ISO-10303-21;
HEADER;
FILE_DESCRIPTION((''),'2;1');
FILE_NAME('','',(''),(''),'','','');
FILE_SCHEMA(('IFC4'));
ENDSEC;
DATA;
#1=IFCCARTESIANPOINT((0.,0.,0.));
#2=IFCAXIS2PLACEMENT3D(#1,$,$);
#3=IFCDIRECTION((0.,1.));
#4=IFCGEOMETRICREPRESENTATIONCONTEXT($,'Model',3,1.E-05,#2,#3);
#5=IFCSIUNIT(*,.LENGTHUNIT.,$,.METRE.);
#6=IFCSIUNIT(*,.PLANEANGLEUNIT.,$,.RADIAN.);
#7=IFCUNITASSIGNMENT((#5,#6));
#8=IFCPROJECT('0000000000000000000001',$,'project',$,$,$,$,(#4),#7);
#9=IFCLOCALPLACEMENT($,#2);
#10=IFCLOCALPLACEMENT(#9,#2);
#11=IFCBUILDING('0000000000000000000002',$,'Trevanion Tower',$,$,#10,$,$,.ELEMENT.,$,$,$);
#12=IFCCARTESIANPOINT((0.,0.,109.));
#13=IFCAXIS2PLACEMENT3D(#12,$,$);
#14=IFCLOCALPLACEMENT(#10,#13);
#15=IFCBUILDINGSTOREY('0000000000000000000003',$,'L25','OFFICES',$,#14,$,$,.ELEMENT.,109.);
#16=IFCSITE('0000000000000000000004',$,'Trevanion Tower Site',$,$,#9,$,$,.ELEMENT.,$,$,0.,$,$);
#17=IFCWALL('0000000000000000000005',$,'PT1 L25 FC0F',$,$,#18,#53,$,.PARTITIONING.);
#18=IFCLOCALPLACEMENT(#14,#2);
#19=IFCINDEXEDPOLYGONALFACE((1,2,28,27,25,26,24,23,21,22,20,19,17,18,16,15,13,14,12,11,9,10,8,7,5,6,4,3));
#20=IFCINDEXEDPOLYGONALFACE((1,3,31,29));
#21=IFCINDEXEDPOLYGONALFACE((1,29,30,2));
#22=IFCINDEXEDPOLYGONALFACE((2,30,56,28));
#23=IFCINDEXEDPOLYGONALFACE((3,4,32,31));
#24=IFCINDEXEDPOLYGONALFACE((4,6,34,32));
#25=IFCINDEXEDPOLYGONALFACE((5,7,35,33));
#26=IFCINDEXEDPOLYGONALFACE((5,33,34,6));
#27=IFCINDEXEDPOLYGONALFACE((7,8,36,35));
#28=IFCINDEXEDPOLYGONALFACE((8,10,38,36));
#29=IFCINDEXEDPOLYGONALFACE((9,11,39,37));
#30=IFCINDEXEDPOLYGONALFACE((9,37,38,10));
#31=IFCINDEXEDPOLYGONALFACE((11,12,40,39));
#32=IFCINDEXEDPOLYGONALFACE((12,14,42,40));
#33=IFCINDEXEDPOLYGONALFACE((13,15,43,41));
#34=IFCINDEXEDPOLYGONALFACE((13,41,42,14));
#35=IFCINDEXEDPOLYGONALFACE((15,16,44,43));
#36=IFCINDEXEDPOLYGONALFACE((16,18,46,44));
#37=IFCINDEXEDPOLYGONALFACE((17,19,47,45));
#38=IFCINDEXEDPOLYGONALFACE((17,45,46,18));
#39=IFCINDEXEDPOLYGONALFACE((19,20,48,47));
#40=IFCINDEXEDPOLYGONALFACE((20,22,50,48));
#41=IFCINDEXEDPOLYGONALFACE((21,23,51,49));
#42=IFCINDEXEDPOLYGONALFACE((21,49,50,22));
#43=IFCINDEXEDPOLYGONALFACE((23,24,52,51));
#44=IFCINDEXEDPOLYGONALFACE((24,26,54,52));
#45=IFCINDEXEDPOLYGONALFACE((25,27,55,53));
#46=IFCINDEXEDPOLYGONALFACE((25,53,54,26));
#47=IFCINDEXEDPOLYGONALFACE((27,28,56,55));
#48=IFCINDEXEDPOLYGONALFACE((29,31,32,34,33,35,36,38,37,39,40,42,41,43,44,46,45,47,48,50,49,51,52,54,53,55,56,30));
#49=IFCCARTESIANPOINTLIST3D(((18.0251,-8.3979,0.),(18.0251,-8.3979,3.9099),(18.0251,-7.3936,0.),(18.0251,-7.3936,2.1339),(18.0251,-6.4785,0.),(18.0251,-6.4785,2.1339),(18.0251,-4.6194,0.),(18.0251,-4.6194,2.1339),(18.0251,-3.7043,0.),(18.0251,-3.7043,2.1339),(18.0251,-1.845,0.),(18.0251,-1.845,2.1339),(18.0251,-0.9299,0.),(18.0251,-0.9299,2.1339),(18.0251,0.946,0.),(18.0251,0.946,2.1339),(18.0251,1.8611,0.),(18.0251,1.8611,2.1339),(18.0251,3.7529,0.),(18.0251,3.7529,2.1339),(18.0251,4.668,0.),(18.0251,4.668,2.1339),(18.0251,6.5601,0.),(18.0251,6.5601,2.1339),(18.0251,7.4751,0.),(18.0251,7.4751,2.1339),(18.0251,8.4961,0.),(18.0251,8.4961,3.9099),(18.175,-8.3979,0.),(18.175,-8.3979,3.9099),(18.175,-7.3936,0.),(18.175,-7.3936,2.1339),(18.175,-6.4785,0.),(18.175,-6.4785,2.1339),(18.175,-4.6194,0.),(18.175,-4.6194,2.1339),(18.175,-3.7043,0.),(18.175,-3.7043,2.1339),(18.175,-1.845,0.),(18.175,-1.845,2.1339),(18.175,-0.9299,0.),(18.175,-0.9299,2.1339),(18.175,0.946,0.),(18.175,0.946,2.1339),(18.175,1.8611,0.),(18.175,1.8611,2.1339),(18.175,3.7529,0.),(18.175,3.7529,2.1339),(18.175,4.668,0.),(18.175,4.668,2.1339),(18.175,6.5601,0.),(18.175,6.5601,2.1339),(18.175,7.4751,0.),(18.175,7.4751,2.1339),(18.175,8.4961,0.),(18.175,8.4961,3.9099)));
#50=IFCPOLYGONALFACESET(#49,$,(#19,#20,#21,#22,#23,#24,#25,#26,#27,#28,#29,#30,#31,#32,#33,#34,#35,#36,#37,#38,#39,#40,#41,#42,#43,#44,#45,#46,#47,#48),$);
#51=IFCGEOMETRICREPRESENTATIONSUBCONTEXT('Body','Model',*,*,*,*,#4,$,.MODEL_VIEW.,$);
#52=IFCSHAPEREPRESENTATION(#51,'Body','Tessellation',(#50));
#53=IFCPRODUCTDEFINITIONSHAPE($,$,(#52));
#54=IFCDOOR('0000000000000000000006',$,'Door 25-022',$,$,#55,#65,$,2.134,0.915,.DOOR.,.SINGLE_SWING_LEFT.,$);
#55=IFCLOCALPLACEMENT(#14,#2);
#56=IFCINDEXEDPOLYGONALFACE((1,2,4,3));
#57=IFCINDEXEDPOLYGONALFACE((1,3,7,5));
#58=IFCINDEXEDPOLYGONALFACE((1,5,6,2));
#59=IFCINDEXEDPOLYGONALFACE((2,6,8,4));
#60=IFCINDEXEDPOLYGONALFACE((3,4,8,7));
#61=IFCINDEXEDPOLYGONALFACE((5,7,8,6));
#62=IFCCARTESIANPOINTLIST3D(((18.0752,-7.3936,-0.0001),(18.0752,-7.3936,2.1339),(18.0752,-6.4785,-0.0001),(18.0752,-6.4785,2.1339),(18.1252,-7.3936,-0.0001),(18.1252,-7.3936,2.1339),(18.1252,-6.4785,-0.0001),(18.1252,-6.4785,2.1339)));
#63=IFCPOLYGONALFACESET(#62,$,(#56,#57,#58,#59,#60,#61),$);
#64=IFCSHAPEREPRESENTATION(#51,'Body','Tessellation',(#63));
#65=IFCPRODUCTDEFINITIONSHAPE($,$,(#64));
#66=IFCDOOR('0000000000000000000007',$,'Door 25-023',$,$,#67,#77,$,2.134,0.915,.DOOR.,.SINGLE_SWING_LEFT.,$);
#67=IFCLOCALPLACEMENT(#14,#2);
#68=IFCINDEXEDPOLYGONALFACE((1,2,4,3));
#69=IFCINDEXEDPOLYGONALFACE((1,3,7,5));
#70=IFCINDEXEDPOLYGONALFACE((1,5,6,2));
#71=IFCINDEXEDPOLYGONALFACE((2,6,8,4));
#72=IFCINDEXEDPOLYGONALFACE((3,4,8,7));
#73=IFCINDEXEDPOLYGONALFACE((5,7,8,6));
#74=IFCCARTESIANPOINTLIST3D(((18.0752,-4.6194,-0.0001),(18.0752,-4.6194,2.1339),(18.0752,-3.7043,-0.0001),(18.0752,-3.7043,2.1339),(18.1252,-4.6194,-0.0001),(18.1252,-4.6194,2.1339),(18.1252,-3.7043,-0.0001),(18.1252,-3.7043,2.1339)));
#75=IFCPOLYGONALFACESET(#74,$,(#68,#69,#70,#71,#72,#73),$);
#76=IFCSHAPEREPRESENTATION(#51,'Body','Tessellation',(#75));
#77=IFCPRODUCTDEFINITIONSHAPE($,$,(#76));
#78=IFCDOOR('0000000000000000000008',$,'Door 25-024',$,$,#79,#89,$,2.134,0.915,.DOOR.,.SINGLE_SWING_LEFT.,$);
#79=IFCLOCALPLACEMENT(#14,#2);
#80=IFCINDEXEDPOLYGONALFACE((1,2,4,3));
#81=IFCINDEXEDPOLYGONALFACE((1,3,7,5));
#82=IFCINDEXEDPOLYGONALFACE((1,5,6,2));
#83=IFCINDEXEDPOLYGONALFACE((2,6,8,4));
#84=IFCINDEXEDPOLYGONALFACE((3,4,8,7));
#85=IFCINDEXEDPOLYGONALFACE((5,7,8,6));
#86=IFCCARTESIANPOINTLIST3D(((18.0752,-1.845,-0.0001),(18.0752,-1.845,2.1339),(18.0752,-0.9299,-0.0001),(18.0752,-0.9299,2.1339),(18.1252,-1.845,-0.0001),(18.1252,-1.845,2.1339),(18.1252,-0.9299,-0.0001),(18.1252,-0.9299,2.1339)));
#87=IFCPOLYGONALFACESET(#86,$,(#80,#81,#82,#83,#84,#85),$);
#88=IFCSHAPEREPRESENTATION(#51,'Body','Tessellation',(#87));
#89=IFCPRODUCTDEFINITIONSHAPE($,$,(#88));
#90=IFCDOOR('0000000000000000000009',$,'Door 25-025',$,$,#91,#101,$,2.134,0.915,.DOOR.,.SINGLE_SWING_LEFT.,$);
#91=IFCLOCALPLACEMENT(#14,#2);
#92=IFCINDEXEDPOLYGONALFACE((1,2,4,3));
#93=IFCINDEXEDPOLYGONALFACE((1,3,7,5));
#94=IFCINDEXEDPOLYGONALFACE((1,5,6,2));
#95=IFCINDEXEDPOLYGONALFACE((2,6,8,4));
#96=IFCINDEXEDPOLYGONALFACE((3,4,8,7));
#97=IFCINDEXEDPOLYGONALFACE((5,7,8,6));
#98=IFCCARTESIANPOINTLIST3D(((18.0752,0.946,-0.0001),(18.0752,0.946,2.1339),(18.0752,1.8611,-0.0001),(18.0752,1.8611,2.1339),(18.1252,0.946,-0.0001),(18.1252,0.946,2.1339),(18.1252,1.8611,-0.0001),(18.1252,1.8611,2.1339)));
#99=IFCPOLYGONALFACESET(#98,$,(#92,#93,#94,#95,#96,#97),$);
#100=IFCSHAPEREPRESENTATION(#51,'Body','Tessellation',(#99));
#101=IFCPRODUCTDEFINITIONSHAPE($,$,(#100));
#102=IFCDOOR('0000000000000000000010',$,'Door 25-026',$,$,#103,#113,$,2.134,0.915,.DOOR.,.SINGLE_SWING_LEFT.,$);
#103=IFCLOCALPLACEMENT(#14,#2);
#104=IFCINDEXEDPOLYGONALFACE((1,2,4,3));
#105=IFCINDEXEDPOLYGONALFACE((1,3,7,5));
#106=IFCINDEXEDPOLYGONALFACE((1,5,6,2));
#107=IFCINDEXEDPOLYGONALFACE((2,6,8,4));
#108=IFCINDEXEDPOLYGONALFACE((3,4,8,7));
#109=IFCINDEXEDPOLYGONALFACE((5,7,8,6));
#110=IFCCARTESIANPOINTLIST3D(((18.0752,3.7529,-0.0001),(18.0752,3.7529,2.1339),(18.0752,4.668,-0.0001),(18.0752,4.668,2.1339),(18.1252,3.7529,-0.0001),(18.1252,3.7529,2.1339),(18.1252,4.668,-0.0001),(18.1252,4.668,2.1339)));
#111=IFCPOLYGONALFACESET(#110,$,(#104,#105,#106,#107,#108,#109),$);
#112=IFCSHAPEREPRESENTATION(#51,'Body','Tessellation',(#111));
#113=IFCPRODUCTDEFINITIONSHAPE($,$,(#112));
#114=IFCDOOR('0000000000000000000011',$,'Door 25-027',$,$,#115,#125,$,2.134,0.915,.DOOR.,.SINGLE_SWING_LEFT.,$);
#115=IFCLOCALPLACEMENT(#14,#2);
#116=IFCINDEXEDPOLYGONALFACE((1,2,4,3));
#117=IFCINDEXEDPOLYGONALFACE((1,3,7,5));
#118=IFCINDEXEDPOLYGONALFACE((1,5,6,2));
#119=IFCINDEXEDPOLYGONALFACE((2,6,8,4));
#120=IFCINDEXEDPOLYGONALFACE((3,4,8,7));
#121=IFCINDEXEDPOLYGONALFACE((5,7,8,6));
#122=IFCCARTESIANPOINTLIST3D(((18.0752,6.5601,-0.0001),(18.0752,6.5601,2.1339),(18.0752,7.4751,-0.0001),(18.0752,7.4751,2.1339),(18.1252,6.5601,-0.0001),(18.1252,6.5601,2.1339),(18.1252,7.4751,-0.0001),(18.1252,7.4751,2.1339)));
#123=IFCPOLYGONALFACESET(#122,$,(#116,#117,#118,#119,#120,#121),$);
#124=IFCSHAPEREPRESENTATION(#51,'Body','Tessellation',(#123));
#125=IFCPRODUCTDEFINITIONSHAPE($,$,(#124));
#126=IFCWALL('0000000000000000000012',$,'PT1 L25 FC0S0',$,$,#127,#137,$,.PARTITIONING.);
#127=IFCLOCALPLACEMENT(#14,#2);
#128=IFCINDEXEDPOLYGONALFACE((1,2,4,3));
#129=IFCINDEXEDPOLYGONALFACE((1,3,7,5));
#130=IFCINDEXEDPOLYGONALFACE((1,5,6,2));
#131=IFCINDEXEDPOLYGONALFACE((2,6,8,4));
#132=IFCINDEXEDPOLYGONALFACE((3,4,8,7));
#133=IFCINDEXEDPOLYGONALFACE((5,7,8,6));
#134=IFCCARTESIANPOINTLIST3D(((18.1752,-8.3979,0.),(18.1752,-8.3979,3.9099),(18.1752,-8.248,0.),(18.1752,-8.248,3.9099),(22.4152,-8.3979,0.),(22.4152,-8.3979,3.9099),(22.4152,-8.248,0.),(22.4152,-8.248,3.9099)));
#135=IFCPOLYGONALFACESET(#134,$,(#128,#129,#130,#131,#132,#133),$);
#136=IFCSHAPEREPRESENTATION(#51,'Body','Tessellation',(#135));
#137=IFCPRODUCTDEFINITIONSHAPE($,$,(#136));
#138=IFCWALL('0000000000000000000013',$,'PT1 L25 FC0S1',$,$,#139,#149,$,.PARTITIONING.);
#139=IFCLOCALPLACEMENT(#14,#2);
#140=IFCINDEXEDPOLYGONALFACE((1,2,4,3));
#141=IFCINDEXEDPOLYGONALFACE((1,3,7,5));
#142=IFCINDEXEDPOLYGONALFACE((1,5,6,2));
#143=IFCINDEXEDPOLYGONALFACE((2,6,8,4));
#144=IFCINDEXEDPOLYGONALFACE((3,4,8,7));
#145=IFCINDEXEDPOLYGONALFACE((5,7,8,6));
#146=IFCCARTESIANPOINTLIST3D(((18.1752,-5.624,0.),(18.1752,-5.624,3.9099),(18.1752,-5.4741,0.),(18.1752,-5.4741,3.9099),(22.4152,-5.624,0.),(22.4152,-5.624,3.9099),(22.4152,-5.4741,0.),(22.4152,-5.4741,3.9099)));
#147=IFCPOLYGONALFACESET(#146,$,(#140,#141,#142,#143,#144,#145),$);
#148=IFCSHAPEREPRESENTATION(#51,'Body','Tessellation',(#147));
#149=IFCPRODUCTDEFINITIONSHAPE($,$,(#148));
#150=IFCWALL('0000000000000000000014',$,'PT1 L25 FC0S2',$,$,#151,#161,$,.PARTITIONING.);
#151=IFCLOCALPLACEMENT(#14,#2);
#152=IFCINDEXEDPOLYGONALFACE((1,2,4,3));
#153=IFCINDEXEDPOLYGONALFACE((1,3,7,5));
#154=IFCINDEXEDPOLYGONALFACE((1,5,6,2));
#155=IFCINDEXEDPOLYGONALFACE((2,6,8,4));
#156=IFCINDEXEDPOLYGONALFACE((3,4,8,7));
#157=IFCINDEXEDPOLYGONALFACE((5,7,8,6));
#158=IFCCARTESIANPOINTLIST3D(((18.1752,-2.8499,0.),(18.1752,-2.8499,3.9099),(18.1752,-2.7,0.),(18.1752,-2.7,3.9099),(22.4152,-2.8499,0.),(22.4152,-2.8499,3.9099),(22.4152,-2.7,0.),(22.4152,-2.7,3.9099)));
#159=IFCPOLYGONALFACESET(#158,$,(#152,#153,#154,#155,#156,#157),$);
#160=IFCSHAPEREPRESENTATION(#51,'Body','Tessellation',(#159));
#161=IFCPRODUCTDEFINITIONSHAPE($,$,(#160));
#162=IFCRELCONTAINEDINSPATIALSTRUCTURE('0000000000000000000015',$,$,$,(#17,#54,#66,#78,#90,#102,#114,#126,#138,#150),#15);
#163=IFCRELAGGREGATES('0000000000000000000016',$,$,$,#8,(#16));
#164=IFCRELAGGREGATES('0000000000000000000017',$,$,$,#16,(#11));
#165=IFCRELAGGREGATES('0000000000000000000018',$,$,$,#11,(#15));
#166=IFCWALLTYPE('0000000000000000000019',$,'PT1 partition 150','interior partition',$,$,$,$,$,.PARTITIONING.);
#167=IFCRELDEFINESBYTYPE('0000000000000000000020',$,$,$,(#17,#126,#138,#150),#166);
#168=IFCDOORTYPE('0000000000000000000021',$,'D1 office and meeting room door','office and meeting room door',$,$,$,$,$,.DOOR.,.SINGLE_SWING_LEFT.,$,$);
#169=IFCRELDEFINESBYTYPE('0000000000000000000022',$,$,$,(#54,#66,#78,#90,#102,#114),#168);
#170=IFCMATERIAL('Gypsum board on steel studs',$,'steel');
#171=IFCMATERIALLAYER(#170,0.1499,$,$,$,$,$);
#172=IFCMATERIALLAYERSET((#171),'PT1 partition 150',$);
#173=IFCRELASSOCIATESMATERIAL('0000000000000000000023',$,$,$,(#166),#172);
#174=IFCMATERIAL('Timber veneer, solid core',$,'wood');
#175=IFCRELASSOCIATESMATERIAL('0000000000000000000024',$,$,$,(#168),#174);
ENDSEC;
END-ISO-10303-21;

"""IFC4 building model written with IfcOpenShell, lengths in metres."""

from ifc_helpers import new_model, si_unit, direction, frame, frame_2d, origin, place, context, subcontext, project, spatial, rectangle, extrude, material, layer, layer_set, type_object, element, fill, save


model = new_model("IFC4")

# Units and contexts
model_context = context("Model", 3, precision=1e-05, world=origin(), true_north=direction((0.0, 1.0)))
body_context = subcontext(model_context, "Body", "Model", "MODEL_VIEW")
ifc_project = project(units=[si_unit("LENGTHUNIT", "METRE"), si_unit("PLANEANGLEUNIT", "RADIAN")], contexts=[model_context])

# Site, building, storey
site_placement = place(None, origin())
site = spatial("IfcSite", under=ifc_project, at=site_placement, Name="Trevanion Tower Site", CompositionType="ELEMENT", RefElevation=0.0)
building_placement = place(site_placement, origin())
building = spatial("IfcBuilding", under=site, at=building_placement, Name="Trevanion Tower", CompositionType="ELEMENT")
storey_placement = place(building_placement, frame((0.0, 0.0, 109.0)))
storey = spatial("IfcBuildingStorey", under=building, at=storey_placement, Name="L25", Description="OFFICES", CompositionType="ELEMENT", Elevation=109.0)

# Wall, openings, doors
ifc_material_1 = material(Name="Gypsum board on steel studs", Category="steel")
ifc_layer_1 = layer(ifc_material_1, 0.1499)
ifc_layer_set_1 = layer_set([ifc_layer_1], Name="PT1 partition 150")
wall_type = type_object("IfcWallType", Name="PT1 partition 150", Description="interior partition", PredefinedType="PARTITIONING", material=ifc_layer_set_1)
wall_1_placement = place(storey_placement, frame((18.1001, -8.3979, 0.0), z_axis=(0.0, 0.0, 1.0), x_axis=(0.0, 1.0, 0.0)))
wall_1 = element("IfcWall", 1, at=wall_1_placement, inside=storey, type_object=wall_type, Name="PT1 L25 FC0F", PredefinedType="PARTITIONING", context=body_context, shape_type="SweptSolid", body=[
    extrude(rectangle(XDim=16.894, YDim=0.1499, at=frame_2d((8.447, 0.0))), origin(), (0.0, 0.0, 1.0), 3.9099),
])
opening_1_placement = place(wall_1_placement, frame((1.0044, 0.0, 0.0)))
opening_1 = element("IfcOpeningElement", 2, at=opening_1_placement, cuts=wall_1, PredefinedType="OPENING", context=body_context, shape_type="SweptSolid", body=[
    extrude(rectangle(XDim=0.915, YDim=2.134, at=frame_2d((0.4575, 1.0669))), frame((0.0, 0.085, 0.0), z_axis=(0.0, -1.0, 0.0), x_axis=(1.0, 0.0, 0.0)), (0.0, 0.0, 1.0), 0.1699),
])
opening_2_placement = place(wall_1_placement, frame((3.7786, 0.0, 0.0)))
opening_2 = element("IfcOpeningElement", 3, at=opening_2_placement, cuts=wall_1, PredefinedType="OPENING", context=body_context, shape_type="SweptSolid", body=[
    extrude(rectangle(XDim=0.915, YDim=2.134, at=frame_2d((0.4575, 1.0669))), frame((0.0, 0.085, 0.0), z_axis=(0.0, -1.0, 0.0), x_axis=(1.0, 0.0, 0.0)), (0.0, 0.0, 1.0), 0.1699),
])
opening_3_placement = place(wall_1_placement, frame((6.553, 0.0, 0.0)))
opening_3 = element("IfcOpeningElement", 4, at=opening_3_placement, cuts=wall_1, PredefinedType="OPENING", context=body_context, shape_type="SweptSolid", body=[
    extrude(rectangle(XDim=0.915, YDim=2.134, at=frame_2d((0.4575, 1.0669))), frame((0.0, 0.085, 0.0), z_axis=(0.0, -1.0, 0.0), x_axis=(1.0, 0.0, 0.0)), (0.0, 0.0, 1.0), 0.1699),
])
opening_4_placement = place(wall_1_placement, frame((9.344, 0.0, 0.0)))
opening_4 = element("IfcOpeningElement", 5, at=opening_4_placement, cuts=wall_1, PredefinedType="OPENING", context=body_context, shape_type="SweptSolid", body=[
    extrude(rectangle(XDim=0.915, YDim=2.134, at=frame_2d((0.4575, 1.0669))), frame((0.0, 0.085, 0.0), z_axis=(0.0, -1.0, 0.0), x_axis=(1.0, 0.0, 0.0)), (0.0, 0.0, 1.0), 0.1699),
])
opening_5_placement = place(wall_1_placement, frame((12.1509, 0.0, 0.0)))
opening_5 = element("IfcOpeningElement", 6, at=opening_5_placement, cuts=wall_1, PredefinedType="OPENING", context=body_context, shape_type="SweptSolid", body=[
    extrude(rectangle(XDim=0.915, YDim=2.134, at=frame_2d((0.4575, 1.0669))), frame((0.0, 0.085, 0.0), z_axis=(0.0, -1.0, 0.0), x_axis=(1.0, 0.0, 0.0)), (0.0, 0.0, 1.0), 0.1699),
])
opening_6_placement = place(wall_1_placement, frame((14.958, 0.0, 0.0)))
opening_6 = element("IfcOpeningElement", 7, at=opening_6_placement, cuts=wall_1, PredefinedType="OPENING", context=body_context, shape_type="SweptSolid", body=[
    extrude(rectangle(XDim=0.915, YDim=2.134, at=frame_2d((0.4575, 1.0669))), frame((0.0, 0.085, 0.0), z_axis=(0.0, -1.0, 0.0), x_axis=(1.0, 0.0, 0.0)), (0.0, 0.0, 1.0), 0.1699),
])
ifc_material_2 = material(Name="Timber veneer, solid core", Category="wood")
door_type = type_object("IfcDoorType", Name="D1 office and meeting room door", Description="office and meeting room door", OperationType="SINGLE_SWING_LEFT", PredefinedType="DOOR", material=ifc_material_2)
door_1_placement = place(opening_1_placement, origin())
door_1 = element("IfcDoor", 8, at=door_1_placement, inside=storey, type_object=door_type, Name="Door 25-022", OperationType="SINGLE_SWING_LEFT", OverallHeight=2.134, OverallWidth=0.915, PredefinedType="DOOR", context=body_context, shape_type="SweptSolid", body=[
    extrude(rectangle(XDim=0.915, YDim=2.134, at=frame_2d((0.4575, 1.0669))), frame((0.0, 0.0249, 0.0), z_axis=(0.0, -1.0, 0.0), x_axis=(1.0, 0.0, 0.0)), (0.0, 0.0, 1.0), 0.05),
])
fill(opening_1, door_1)
door_2_placement = place(opening_2_placement, origin())
door_2 = element("IfcDoor", 9, at=door_2_placement, inside=storey, type_object=door_type, Name="Door 25-023", OperationType="SINGLE_SWING_LEFT", OverallHeight=2.134, OverallWidth=0.915, PredefinedType="DOOR", context=body_context, shape_type="SweptSolid", body=[
    extrude(rectangle(XDim=0.915, YDim=2.134, at=frame_2d((0.4575, 1.0669))), frame((0.0, 0.0249, 0.0), z_axis=(0.0, -1.0, 0.0), x_axis=(1.0, 0.0, 0.0)), (0.0, 0.0, 1.0), 0.05),
])
fill(opening_2, door_2)
door_3_placement = place(opening_3_placement, origin())
door_3 = element("IfcDoor", 10, at=door_3_placement, inside=storey, type_object=door_type, Name="Door 25-024", OperationType="SINGLE_SWING_LEFT", OverallHeight=2.134, OverallWidth=0.915, PredefinedType="DOOR", context=body_context, shape_type="SweptSolid", body=[
    extrude(rectangle(XDim=0.915, YDim=2.134, at=frame_2d((0.4575, 1.0669))), frame((0.0, 0.0249, 0.0), z_axis=(0.0, -1.0, 0.0), x_axis=(1.0, 0.0, 0.0)), (0.0, 0.0, 1.0), 0.05),
])
fill(opening_3, door_3)
door_4_placement = place(opening_4_placement, origin())
door_4 = element("IfcDoor", 11, at=door_4_placement, inside=storey, type_object=door_type, Name="Door 25-025", OperationType="SINGLE_SWING_LEFT", OverallHeight=2.134, OverallWidth=0.915, PredefinedType="DOOR", context=body_context, shape_type="SweptSolid", body=[
    extrude(rectangle(XDim=0.915, YDim=2.134, at=frame_2d((0.4575, 1.0669))), frame((0.0, 0.0249, 0.0), z_axis=(0.0, -1.0, 0.0), x_axis=(1.0, 0.0, 0.0)), (0.0, 0.0, 1.0), 0.05),
])
fill(opening_4, door_4)
door_5_placement = place(opening_5_placement, origin())
door_5 = element("IfcDoor", 12, at=door_5_placement, inside=storey, type_object=door_type, Name="Door 25-026", OperationType="SINGLE_SWING_LEFT", OverallHeight=2.134, OverallWidth=0.915, PredefinedType="DOOR", context=body_context, shape_type="SweptSolid", body=[
    extrude(rectangle(XDim=0.915, YDim=2.134, at=frame_2d((0.4575, 1.0669))), frame((0.0, 0.0249, 0.0), z_axis=(0.0, -1.0, 0.0), x_axis=(1.0, 0.0, 0.0)), (0.0, 0.0, 1.0), 0.05),
])
fill(opening_5, door_5)
door_6_placement = place(opening_6_placement, origin())
door_6 = element("IfcDoor", 13, at=door_6_placement, inside=storey, type_object=door_type, Name="Door 25-027", OperationType="SINGLE_SWING_LEFT", OverallHeight=2.134, OverallWidth=0.915, PredefinedType="DOOR", context=body_context, shape_type="SweptSolid", body=[
    extrude(rectangle(XDim=0.915, YDim=2.134, at=frame_2d((0.4575, 1.0669))), frame((0.0, 0.0249, 0.0), z_axis=(0.0, -1.0, 0.0), x_axis=(1.0, 0.0, 0.0)), (0.0, 0.0, 1.0), 0.05),
])
fill(opening_6, door_6)

# Walls
for number, where, z_axis, x_axis, name in (
    (14, (18.175, -8.323, 0.0), (0.0, 0.0, 1.0), (1.0, 0.0, 0.0), "PT1 L25 FC0S0"),
    (15, (18.175, -5.5491, 0.0), (0.0, 0.0, 1.0), (1.0, 0.0, 0.0), "PT1 L25 FC0S1"),
    (16, (18.175, -2.7749, 0.0), (0.0, 0.0, 1.0), (1.0, 0.0, 0.0), "PT1 L25 FC0S2"),
):
    element("IfcWall", number, at=place(storey_placement, frame(where, z_axis=z_axis, x_axis=x_axis)), inside=storey, type_object=wall_type, Name=name, PredefinedType="PARTITIONING", context=body_context, shape_type="SweptSolid", body=[
        extrude(rectangle(XDim=4.24, YDim=0.1499, at=frame_2d((2.1201, 0.0))), origin(), (0.0, 0.0, 1.0), 3.9099),
    ])

save(model, "model.ifc")
